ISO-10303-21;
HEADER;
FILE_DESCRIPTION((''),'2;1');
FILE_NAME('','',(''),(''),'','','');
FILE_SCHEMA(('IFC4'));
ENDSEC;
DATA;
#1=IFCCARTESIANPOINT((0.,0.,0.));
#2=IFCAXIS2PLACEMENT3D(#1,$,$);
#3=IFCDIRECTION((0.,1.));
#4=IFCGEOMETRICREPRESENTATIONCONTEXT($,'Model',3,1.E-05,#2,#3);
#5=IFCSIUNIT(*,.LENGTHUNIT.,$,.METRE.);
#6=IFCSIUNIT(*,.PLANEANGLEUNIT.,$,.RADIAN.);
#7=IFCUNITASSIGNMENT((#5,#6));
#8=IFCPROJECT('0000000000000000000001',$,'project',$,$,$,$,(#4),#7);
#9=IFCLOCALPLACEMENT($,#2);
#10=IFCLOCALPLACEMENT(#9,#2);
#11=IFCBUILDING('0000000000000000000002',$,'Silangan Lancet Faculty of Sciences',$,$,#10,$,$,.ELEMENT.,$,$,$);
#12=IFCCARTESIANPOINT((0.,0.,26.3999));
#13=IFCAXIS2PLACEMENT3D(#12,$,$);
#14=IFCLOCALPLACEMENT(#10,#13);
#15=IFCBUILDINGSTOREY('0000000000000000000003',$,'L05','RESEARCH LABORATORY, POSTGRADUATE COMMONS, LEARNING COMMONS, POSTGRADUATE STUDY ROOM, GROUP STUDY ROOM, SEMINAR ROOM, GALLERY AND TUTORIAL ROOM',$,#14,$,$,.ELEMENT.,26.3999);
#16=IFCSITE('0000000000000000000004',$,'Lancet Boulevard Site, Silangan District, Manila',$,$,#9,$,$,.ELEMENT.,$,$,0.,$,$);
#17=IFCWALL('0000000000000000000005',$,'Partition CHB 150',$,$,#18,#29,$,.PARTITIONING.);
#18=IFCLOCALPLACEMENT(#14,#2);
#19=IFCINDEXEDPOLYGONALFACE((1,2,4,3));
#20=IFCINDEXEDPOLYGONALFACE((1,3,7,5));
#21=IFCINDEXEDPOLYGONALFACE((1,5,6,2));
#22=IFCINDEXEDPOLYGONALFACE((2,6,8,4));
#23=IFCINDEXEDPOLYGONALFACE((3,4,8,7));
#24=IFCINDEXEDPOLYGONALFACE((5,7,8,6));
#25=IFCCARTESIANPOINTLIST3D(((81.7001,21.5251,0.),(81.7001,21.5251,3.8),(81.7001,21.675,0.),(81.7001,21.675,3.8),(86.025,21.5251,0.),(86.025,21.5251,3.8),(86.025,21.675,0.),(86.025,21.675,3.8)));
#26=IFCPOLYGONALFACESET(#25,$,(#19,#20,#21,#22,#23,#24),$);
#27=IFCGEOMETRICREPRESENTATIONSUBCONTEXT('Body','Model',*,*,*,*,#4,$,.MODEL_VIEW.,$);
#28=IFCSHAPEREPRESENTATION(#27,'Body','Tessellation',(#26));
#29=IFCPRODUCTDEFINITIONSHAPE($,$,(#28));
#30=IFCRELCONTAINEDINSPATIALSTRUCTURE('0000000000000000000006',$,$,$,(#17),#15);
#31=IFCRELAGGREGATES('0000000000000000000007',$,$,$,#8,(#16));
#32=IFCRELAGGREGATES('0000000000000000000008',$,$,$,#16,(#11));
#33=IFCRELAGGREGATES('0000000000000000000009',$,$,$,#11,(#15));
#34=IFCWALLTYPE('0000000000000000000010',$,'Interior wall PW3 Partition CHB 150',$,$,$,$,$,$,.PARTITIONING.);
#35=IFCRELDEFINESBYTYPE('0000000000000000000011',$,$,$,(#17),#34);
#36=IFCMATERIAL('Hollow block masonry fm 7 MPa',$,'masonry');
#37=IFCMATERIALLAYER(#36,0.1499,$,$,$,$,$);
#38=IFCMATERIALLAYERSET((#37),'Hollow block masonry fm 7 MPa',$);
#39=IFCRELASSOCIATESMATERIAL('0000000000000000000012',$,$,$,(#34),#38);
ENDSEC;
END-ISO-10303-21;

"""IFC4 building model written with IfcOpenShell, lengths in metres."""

from ifc_helpers import new_model, si_unit, direction, frame, frame_2d, origin, place, context, subcontext, project, spatial, rectangle, extrude, material, layer, layer_set, type_object, element, save


model = new_model("IFC4")

# Units and contexts
model_context = context("Model", 3, precision=1e-05, world=origin(), true_north=direction((0.0, 1.0)))
body_context = subcontext(model_context, "Body", "Model", "MODEL_VIEW")
ifc_project = project(units=[si_unit("LENGTHUNIT", "METRE"), si_unit("PLANEANGLEUNIT", "RADIAN")], contexts=[model_context])

# Site, building, storey
site_placement = place(None, origin())
site = spatial("IfcSite", under=ifc_project, at=site_placement, Name="Lancet Boulevard Site, Silangan District, Manila", CompositionType="ELEMENT", RefElevation=0.0)
building_placement = place(site_placement, origin())
building = spatial("IfcBuilding", under=site, at=building_placement, Name="Silangan Lancet Faculty of Sciences", CompositionType="ELEMENT")
storey_placement = place(building_placement, frame((0.0, 0.0, 26.3999)))
storey = spatial("IfcBuildingStorey", under=building, at=storey_placement, Name="L05", Description="RESEARCH LABORATORY, POSTGRADUATE COMMONS, LEARNING COMMONS, POSTGRADUATE STUDY ROOM, GROUP STUDY ROOM, SEMINAR ROOM, GALLERY AND TUTORIAL ROOM", CompositionType="ELEMENT", Elevation=26.3999)

# Wall
ifc_material_1 = material(Name="Hollow block masonry fm 7 MPa", Category="masonry")
ifc_layer_1 = layer(ifc_material_1, 0.1499)
ifc_layer_set_1 = layer_set([ifc_layer_1], Name="Hollow block masonry fm 7 MPa")
wall_type_1 = type_object("IfcWallType", Name="Interior wall PW3 Partition CHB 150", PredefinedType="PARTITIONING", material=ifc_layer_set_1)
wall_1_placement = place(storey_placement, frame((81.7, 21.6001, 0.0), z_axis=(0.0, 0.0, 1.0), x_axis=(1.0, 0.0, 0.0)))
element("IfcWall", 1, at=wall_1_placement, inside=storey, type_object=wall_type_1, Name="Partition CHB 150", PredefinedType="PARTITIONING", context=body_context, shape_type="SweptSolid", body=[
    extrude(rectangle(XDim=4.325, YDim=0.1499, at=frame_2d((2.1626, 0.0))), origin(), (0.0, 0.0, 1.0), 3.8),
])

save(model, "model.ifc")
